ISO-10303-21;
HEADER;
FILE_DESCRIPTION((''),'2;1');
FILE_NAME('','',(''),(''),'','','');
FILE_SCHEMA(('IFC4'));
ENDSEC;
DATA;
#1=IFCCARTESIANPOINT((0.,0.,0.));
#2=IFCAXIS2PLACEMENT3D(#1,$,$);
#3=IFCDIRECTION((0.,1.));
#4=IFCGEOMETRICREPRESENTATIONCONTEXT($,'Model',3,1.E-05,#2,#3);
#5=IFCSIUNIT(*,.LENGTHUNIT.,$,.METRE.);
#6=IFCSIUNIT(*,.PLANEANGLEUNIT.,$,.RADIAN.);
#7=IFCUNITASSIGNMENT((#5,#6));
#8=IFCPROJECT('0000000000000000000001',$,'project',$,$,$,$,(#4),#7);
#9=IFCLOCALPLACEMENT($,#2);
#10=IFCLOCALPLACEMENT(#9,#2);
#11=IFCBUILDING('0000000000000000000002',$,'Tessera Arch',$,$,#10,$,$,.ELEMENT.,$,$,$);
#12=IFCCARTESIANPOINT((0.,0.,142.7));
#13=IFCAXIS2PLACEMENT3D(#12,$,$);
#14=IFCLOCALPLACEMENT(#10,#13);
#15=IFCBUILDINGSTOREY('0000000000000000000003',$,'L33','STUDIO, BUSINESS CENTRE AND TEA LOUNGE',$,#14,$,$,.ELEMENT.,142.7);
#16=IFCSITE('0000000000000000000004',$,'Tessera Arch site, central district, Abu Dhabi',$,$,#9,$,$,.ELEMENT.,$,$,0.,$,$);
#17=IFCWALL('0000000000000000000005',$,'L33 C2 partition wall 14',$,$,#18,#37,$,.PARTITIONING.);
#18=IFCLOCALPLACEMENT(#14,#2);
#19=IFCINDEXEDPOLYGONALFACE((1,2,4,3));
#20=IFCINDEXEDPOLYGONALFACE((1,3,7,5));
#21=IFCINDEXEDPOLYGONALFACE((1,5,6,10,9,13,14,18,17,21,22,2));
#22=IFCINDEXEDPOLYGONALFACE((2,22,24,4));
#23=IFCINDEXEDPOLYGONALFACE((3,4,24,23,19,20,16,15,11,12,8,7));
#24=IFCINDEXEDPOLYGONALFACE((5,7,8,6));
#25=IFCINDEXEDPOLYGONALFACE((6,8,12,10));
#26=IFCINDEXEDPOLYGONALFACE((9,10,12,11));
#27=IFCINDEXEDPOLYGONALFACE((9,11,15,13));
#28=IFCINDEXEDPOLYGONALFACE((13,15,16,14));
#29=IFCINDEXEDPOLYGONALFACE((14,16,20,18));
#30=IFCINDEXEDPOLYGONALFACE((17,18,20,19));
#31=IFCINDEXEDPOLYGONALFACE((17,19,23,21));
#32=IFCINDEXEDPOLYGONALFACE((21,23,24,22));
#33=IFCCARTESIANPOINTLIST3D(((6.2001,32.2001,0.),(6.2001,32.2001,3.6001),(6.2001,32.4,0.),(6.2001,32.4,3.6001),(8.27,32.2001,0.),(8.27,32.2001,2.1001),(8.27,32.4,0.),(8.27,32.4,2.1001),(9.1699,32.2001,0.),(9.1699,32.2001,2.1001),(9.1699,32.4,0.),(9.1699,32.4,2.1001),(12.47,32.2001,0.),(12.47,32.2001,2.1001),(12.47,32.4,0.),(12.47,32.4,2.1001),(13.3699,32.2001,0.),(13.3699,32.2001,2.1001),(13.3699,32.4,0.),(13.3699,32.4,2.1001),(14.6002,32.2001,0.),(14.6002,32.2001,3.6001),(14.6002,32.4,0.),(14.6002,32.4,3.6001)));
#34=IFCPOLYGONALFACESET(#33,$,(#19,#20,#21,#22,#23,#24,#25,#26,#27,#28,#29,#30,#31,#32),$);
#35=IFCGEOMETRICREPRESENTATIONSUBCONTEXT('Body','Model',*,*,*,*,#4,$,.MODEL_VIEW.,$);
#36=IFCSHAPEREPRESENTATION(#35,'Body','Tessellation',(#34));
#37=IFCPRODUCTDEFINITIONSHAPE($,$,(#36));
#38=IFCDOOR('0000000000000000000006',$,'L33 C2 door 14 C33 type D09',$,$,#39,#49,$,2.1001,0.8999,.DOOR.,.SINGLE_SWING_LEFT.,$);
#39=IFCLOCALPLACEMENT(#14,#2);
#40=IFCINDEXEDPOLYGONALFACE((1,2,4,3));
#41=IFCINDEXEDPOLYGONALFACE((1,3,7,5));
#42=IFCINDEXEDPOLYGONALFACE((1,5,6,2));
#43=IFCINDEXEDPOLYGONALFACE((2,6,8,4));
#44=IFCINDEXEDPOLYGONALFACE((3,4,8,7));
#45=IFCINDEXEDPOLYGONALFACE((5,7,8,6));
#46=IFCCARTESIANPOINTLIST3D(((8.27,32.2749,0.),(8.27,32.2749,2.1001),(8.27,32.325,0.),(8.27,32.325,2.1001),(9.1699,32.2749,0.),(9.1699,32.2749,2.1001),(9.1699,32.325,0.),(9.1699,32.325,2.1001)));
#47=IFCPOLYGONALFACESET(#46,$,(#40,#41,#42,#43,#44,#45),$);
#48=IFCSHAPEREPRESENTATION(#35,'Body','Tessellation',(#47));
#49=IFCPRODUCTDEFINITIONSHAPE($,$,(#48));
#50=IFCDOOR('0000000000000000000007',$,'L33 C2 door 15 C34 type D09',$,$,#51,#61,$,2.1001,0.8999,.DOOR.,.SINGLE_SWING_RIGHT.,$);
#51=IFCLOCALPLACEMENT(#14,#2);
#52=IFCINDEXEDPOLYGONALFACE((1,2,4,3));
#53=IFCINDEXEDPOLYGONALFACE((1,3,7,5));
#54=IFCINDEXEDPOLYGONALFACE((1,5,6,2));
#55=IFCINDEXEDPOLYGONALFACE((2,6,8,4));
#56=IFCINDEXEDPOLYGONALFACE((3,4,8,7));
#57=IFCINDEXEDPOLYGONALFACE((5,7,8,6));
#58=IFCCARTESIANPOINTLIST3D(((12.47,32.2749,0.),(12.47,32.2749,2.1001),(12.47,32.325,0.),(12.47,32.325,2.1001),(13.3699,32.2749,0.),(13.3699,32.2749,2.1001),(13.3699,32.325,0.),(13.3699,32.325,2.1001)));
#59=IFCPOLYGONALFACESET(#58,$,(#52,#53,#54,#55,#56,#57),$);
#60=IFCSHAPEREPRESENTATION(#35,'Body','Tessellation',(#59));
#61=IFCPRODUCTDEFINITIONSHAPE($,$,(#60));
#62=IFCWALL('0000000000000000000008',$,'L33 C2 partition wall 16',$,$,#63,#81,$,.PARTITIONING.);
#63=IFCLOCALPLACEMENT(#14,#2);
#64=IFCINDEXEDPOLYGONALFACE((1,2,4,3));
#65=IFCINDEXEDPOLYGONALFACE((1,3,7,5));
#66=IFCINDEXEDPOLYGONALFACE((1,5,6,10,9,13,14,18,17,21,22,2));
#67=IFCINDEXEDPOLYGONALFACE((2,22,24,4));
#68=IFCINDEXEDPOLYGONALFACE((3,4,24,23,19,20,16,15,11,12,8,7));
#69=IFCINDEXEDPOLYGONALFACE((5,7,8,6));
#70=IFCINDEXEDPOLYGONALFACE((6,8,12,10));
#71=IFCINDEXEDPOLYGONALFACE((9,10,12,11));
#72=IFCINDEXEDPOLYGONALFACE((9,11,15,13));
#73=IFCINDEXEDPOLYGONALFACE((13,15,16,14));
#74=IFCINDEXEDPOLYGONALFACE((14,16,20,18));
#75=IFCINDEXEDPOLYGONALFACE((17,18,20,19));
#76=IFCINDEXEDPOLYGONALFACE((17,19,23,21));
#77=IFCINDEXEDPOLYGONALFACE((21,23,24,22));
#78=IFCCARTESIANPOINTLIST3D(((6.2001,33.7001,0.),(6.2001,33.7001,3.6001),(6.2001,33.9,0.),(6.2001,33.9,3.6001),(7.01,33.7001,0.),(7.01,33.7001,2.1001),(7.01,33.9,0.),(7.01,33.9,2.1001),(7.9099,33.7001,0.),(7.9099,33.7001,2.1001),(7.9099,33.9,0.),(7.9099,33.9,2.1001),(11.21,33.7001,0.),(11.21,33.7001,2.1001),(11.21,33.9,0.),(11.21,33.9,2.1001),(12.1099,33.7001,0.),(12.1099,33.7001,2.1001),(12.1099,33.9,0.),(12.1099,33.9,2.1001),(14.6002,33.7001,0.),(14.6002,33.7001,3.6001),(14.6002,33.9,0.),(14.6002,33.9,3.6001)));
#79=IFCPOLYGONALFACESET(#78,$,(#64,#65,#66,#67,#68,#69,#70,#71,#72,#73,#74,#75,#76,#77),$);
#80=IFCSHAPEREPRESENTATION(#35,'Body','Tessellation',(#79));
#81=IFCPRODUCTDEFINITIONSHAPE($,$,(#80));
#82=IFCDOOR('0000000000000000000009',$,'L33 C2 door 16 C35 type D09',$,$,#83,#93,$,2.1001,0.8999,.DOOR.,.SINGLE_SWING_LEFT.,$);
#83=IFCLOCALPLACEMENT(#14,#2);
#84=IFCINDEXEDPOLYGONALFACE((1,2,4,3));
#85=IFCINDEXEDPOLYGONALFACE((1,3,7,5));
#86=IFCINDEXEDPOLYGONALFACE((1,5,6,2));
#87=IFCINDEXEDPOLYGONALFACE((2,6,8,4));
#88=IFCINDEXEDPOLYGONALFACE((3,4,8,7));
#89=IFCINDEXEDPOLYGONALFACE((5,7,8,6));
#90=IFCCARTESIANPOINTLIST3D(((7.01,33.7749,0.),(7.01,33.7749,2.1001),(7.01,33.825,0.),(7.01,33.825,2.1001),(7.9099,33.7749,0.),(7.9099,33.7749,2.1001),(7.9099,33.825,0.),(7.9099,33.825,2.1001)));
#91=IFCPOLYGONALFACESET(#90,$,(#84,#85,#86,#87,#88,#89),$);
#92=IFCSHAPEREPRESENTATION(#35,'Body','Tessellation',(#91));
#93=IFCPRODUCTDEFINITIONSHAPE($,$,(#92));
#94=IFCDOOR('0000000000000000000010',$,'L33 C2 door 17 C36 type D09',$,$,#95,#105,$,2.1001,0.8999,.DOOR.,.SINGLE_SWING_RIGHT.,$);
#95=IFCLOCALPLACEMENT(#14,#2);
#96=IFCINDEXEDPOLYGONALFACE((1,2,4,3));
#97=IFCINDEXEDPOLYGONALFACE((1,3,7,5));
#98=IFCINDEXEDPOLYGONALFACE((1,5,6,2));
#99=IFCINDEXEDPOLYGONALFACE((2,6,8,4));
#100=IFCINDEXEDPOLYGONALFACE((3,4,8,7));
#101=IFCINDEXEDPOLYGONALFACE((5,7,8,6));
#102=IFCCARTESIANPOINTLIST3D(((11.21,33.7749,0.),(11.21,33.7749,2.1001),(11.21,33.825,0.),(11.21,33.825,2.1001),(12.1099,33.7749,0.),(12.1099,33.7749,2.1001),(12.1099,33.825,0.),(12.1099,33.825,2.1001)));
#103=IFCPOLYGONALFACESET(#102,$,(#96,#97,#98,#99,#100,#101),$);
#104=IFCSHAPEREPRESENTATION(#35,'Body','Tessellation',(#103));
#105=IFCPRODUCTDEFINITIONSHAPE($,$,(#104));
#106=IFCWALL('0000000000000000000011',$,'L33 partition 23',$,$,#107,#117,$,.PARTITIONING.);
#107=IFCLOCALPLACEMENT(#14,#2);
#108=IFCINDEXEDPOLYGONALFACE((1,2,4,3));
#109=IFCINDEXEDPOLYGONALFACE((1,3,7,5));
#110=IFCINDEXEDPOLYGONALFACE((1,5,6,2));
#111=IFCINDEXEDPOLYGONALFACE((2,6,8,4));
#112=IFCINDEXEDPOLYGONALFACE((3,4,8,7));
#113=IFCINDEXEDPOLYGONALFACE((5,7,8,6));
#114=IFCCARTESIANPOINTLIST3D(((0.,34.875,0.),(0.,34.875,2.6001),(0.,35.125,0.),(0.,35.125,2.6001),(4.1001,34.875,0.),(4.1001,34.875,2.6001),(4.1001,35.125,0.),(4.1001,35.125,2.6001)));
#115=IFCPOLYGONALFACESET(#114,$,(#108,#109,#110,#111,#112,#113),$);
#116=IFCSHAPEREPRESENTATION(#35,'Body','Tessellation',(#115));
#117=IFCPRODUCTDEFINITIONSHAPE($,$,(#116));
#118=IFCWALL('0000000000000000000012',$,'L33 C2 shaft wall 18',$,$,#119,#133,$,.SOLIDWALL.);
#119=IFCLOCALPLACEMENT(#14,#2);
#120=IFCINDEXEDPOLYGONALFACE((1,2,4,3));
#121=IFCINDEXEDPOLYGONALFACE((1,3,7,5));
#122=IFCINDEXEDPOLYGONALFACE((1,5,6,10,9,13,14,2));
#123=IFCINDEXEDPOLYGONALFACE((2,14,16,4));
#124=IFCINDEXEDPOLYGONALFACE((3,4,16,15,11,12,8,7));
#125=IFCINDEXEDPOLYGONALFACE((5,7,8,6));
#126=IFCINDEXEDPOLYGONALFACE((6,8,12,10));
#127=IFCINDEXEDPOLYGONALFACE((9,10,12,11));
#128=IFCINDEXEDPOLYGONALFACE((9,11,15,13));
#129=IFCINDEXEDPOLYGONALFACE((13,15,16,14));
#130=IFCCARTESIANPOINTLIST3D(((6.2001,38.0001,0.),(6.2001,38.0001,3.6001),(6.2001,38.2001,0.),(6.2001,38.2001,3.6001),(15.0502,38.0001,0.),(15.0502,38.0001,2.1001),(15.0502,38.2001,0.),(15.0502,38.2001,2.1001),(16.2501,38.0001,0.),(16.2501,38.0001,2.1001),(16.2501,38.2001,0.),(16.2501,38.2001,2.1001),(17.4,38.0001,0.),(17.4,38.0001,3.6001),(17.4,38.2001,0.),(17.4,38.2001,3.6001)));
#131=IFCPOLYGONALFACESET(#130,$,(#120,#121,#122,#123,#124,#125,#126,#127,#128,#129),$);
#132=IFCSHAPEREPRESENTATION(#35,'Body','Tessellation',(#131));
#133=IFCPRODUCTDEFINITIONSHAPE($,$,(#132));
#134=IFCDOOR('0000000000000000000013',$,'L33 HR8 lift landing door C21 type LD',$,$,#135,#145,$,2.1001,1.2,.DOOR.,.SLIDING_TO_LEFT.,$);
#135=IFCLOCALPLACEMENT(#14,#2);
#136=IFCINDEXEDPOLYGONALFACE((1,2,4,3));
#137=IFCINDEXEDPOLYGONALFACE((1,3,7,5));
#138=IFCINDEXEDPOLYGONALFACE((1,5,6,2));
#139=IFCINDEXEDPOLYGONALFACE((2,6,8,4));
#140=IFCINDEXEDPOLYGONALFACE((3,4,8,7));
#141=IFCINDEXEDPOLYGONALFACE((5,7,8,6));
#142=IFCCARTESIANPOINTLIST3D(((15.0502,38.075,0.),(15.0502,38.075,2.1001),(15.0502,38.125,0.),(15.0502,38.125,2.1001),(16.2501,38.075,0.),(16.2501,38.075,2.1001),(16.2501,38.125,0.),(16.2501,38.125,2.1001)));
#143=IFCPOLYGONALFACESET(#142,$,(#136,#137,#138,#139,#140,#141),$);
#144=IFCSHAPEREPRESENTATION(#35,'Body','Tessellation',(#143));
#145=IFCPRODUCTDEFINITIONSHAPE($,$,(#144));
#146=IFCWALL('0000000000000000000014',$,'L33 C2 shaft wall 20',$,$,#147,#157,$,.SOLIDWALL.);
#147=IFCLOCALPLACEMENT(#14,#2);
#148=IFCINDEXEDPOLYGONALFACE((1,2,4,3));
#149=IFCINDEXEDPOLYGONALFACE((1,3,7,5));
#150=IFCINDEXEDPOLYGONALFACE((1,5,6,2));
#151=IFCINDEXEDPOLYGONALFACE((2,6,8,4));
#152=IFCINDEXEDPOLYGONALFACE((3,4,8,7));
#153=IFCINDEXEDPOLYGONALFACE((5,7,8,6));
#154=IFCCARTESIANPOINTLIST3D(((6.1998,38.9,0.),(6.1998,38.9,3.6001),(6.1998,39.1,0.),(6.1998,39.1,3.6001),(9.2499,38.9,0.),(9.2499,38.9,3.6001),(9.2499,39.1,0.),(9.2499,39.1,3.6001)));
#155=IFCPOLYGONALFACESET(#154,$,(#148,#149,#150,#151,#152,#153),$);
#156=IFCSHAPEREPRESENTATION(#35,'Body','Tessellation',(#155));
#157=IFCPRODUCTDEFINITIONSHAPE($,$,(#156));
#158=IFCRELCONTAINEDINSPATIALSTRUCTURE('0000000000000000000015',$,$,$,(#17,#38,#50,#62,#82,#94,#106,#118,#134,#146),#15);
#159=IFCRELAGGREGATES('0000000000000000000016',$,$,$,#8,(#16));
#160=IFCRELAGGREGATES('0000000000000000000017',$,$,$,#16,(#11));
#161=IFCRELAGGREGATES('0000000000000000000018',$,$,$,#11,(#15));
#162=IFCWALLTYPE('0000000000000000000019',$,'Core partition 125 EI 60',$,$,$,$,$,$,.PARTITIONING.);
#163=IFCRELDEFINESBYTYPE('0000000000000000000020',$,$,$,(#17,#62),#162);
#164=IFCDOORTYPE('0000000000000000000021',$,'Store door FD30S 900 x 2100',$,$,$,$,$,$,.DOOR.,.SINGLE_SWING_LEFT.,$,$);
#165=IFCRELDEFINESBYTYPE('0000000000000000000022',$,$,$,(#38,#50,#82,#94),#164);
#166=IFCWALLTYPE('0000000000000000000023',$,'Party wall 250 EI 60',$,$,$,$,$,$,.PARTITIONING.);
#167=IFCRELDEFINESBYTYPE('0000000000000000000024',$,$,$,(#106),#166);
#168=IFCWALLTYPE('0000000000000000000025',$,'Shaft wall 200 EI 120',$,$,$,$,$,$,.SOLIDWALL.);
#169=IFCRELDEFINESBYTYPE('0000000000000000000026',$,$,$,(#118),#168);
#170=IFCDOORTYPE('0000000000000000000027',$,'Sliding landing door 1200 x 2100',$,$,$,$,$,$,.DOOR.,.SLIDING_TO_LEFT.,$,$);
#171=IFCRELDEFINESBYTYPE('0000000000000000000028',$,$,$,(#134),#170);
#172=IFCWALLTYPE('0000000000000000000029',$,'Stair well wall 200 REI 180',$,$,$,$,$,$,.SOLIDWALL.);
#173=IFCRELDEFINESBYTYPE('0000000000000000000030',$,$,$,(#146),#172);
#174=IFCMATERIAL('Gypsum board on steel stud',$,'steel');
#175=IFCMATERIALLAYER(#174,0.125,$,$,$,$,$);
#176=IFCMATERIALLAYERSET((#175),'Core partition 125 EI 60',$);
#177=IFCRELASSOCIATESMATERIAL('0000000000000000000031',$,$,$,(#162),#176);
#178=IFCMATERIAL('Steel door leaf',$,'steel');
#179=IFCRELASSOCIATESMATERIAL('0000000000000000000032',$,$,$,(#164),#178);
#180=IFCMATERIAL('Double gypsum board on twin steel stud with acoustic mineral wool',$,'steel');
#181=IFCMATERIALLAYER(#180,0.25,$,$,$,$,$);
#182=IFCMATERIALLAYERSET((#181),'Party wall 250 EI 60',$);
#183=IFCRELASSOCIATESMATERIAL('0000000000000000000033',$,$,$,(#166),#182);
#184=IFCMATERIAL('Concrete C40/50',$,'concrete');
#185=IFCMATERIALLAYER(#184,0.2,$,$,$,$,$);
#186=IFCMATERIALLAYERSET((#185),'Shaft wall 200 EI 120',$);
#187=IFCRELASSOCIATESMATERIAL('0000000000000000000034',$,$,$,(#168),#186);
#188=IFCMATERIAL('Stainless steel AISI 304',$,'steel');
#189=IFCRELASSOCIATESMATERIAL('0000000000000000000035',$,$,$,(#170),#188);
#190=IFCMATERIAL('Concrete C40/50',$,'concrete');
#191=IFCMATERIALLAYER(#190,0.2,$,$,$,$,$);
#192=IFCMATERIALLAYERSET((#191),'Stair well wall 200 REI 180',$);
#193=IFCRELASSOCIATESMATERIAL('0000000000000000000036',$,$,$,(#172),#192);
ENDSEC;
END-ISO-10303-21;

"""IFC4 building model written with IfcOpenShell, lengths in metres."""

from ifc_helpers import new_model, si_unit, direction, frame, frame_2d, origin, place, context, subcontext, project, spatial, rectangle, extrude, material, layer, layer_set, type_object, element, fill, save


model = new_model("IFC4")

# Units and contexts
model_context = context("Model", 3, precision=1e-05, world=origin(), true_north=direction((0.0, 1.0)))
body_context = subcontext(model_context, "Body", "Model", "MODEL_VIEW")
ifc_project = project(units=[si_unit("LENGTHUNIT", "METRE"), si_unit("PLANEANGLEUNIT", "RADIAN")], contexts=[model_context])

# Site, building, storey
site_placement = place(None, origin())
site = spatial("IfcSite", under=ifc_project, at=site_placement, Name="Tessera Arch site, central district, Abu Dhabi", CompositionType="ELEMENT", RefElevation=0.0)
building_placement = place(site_placement, origin())
building = spatial("IfcBuilding", under=site, at=building_placement, Name="Tessera Arch", CompositionType="ELEMENT")
storey_placement = place(building_placement, frame((0.0, 0.0, 142.7)))
storey = spatial("IfcBuildingStorey", under=building, at=storey_placement, Name="L33", Description="STUDIO, BUSINESS CENTRE AND TEA LOUNGE", CompositionType="ELEMENT", Elevation=142.7)

# Shared definitions
ifc_material_1 = material(Name="Gypsum board on steel stud", Category="steel")
ifc_layer_1 = layer(ifc_material_1, 0.125)
ifc_layer_set_1 = layer_set([ifc_layer_1], Name="Core partition 125 EI 60")
wall_type_1 = type_object("IfcWallType", Name="Core partition 125 EI 60", PredefinedType="PARTITIONING", material=ifc_layer_set_1)

# Walls, openings, doors
wall_1_placement = place(storey_placement, frame((6.2, 32.3, 0.0), z_axis=(0.0, 0.0, 1.0), x_axis=(1.0, 0.0, 0.0)))
wall_1 = element("IfcWall", 1, at=wall_1_placement, inside=storey, type_object=wall_type_1, Name="L33 C2 partition wall 14", PredefinedType="PARTITIONING", context=body_context, shape_type="SweptSolid", body=[
    extrude(rectangle(XDim=8.4001, YDim=0.2, at=frame_2d((4.2002, 0.0))), origin(), (0.0, 0.0, 1.0), 3.6001),
])
opening_1_placement = place(wall_1_placement, frame((2.0701, 0.0, 0.0)))
opening_1 = element("IfcOpeningElement", 2, at=opening_1_placement, cuts=wall_1, PredefinedType="OPENING", context=body_context, shape_type="SweptSolid", body=[
    extrude(rectangle(XDim=0.8999, YDim=2.1001, at=frame_2d((0.45, 1.05))), frame((0.0, 0.1099, 0.0), z_axis=(0.0, -1.0, 0.0), x_axis=(1.0, 0.0, 0.0)), (0.0, 0.0, 1.0), 0.22),
])
opening_2_placement = place(wall_1_placement, frame((6.27, 0.0, 0.0)))
opening_2 = element("IfcOpeningElement", 3, at=opening_2_placement, cuts=wall_1, PredefinedType="OPENING", context=body_context, shape_type="SweptSolid", body=[
    extrude(rectangle(XDim=0.8999, YDim=2.1001, at=frame_2d((0.45, 1.05))), frame((0.0, 0.1099, 0.0), z_axis=(0.0, -1.0, 0.0), x_axis=(1.0, 0.0, 0.0)), (0.0, 0.0, 1.0), 0.22),
])
ifc_material_2 = material(Name="Steel door leaf", Category="steel")
door_type_1 = type_object("IfcDoorType", Name="Store door FD30S 900 x 2100", OperationType="SINGLE_SWING_LEFT", PredefinedType="DOOR", material=ifc_material_2)
door_1_placement = place(opening_1_placement, origin())
door_1 = element("IfcDoor", 4, at=door_1_placement, inside=storey, type_object=door_type_1, Name="L33 C2 door 14 C33 type D09", OperationType="SINGLE_SWING_LEFT", OverallHeight=2.1001, OverallWidth=0.8999, PredefinedType="DOOR", context=body_context, shape_type="SweptSolid", body=[
    extrude(rectangle(XDim=0.8999, YDim=2.1001, at=frame_2d((0.45, 1.05))), frame((0.0, 0.0249, 0.0), z_axis=(0.0, -1.0, 0.0), x_axis=(1.0, 0.0, 0.0)), (0.0, 0.0, 1.0), 0.05),
])
fill(opening_1, door_1)
door_2_placement = place(opening_2_placement, origin())
door_2 = element("IfcDoor", 5, at=door_2_placement, inside=storey, type_object=door_type_1, Name="L33 C2 door 15 C34 type D09", OperationType="SINGLE_SWING_RIGHT", OverallHeight=2.1001, OverallWidth=0.8999, PredefinedType="DOOR", context=body_context, shape_type="SweptSolid", body=[
    extrude(rectangle(XDim=0.8999, YDim=2.1001, at=frame_2d((0.45, 1.05))), frame((0.0, 0.0249, 0.0), z_axis=(0.0, -1.0, 0.0), x_axis=(1.0, 0.0, 0.0)), (0.0, 0.0, 1.0), 0.05),
])
fill(opening_2, door_2)
wall_2_placement = place(storey_placement, frame((6.2, 33.8, 0.0), z_axis=(0.0, 0.0, 1.0), x_axis=(1.0, 0.0, 0.0)))
wall_2 = element("IfcWall", 6, at=wall_2_placement, inside=storey, type_object=wall_type_1, Name="L33 C2 partition wall 16", PredefinedType="PARTITIONING", context=body_context, shape_type="SweptSolid", body=[
    extrude(rectangle(XDim=8.4001, YDim=0.2, at=frame_2d((4.2002, 0.0))), origin(), (0.0, 0.0, 1.0), 3.6001),
])
opening_3_placement = place(wall_2_placement, frame((0.8101, 0.0, 0.0)))
opening_3 = element("IfcOpeningElement", 7, at=opening_3_placement, cuts=wall_2, PredefinedType="OPENING", context=body_context, shape_type="SweptSolid", body=[
    extrude(rectangle(XDim=0.8999, YDim=2.1001, at=frame_2d((0.45, 1.05))), frame((0.0, 0.1099, 0.0), z_axis=(0.0, -1.0, 0.0), x_axis=(1.0, 0.0, 0.0)), (0.0, 0.0, 1.0), 0.22),
])
opening_4_placement = place(wall_2_placement, frame((5.01, 0.0, 0.0)))
opening_4 = element("IfcOpeningElement", 8, at=opening_4_placement, cuts=wall_2, PredefinedType="OPENING", context=body_context, shape_type="SweptSolid", body=[
    extrude(rectangle(XDim=0.8999, YDim=2.1001, at=frame_2d((0.45, 1.05))), frame((0.0, 0.1099, 0.0), z_axis=(0.0, -1.0, 0.0), x_axis=(1.0, 0.0, 0.0)), (0.0, 0.0, 1.0), 0.22),
])
door_3_placement = place(opening_3_placement, origin())
door_3 = element("IfcDoor", 9, at=door_3_placement, inside=storey, type_object=door_type_1, Name="L33 C2 door 16 C35 type D09", OperationType="SINGLE_SWING_LEFT", OverallHeight=2.1001, OverallWidth=0.8999, PredefinedType="DOOR", context=body_context, shape_type="SweptSolid", body=[
    extrude(rectangle(XDim=0.8999, YDim=2.1001, at=frame_2d((0.45, 1.05))), frame((0.0, 0.0249, 0.0), z_axis=(0.0, -1.0, 0.0), x_axis=(1.0, 0.0, 0.0)), (0.0, 0.0, 1.0), 0.05),
])
fill(opening_3, door_3)
door_4_placement = place(opening_4_placement, origin())
door_4 = element("IfcDoor", 10, at=door_4_placement, inside=storey, type_object=door_type_1, Name="L33 C2 door 17 C36 type D09", OperationType="SINGLE_SWING_RIGHT", OverallHeight=2.1001, OverallWidth=0.8999, PredefinedType="DOOR", context=body_context, shape_type="SweptSolid", body=[
    extrude(rectangle(XDim=0.8999, YDim=2.1001, at=frame_2d((0.45, 1.05))), frame((0.0, 0.0249, 0.0), z_axis=(0.0, -1.0, 0.0), x_axis=(1.0, 0.0, 0.0)), (0.0, 0.0, 1.0), 0.05),
])
fill(opening_4, door_4)

# Wall
ifc_material_3 = material(Name="Double gypsum board on twin steel stud with acoustic mineral wool", Category="steel")
ifc_layer_2 = layer(ifc_material_3, 0.25)
ifc_layer_set_2 = layer_set([ifc_layer_2], Name="Party wall 250 EI 60")
wall_type_2 = type_object("IfcWallType", Name="Party wall 250 EI 60", PredefinedType="PARTITIONING", material=ifc_layer_set_2)
wall_3_placement = place(storey_placement, frame((0.0, 35.0, 0.0), z_axis=(0.0, 0.0, 1.0), x_axis=(1.0, 0.0, 0.0)))
element("IfcWall", 11, at=wall_3_placement, inside=storey, type_object=wall_type_2, Name="L33 partition 23", PredefinedType="PARTITIONING", context=body_context, shape_type="SweptSolid", body=[
    extrude(rectangle(XDim=4.1001, YDim=0.25, at=frame_2d((2.05, 0.0))), origin(), (0.0, 0.0, 1.0), 2.6001),
])

# Wall, opening, door
ifc_material_4 = material(Name="Concrete C40/50", Category="concrete")
ifc_layer_3 = layer(ifc_material_4, 0.2)
ifc_layer_set_3 = layer_set([ifc_layer_3], Name="Shaft wall 200 EI 120")
wall_type_3 = type_object("IfcWallType", Name="Shaft wall 200 EI 120", PredefinedType="SOLIDWALL", material=ifc_layer_set_3)
wall_4_placement = place(storey_placement, frame((6.2, 38.1001, 0.0), z_axis=(0.0, 0.0, 1.0), x_axis=(1.0, 0.0, 0.0)))
wall_4 = element("IfcWall", 12, at=wall_4_placement, inside=storey, type_object=wall_type_3, Name="L33 C2 shaft wall 18", PredefinedType="SOLIDWALL", context=body_context, shape_type="SweptSolid", body=[
    extrude(rectangle(XDim=11.2, YDim=0.2, at=frame_2d((5.6001, 0.0))), origin(), (0.0, 0.0, 1.0), 3.6001),
])
opening_5_placement = place(wall_4_placement, frame((8.8501, 0.0, 0.0)))
opening_5 = element("IfcOpeningElement", 13, at=opening_5_placement, cuts=wall_4, PredefinedType="OPENING", context=body_context, shape_type="SweptSolid", body=[
    extrude(rectangle(XDim=1.2, YDim=2.1001, at=frame_2d((0.6001, 1.05))), frame((0.0, 0.1099, 0.0), z_axis=(0.0, -1.0, 0.0), x_axis=(1.0, 0.0, 0.0)), (0.0, 0.0, 1.0), 0.22),
])
ifc_material_5 = material(Name="Stainless steel AISI 304", Category="steel")
door_type_2 = type_object("IfcDoorType", Name="Sliding landing door 1200 x 2100", OperationType="SLIDING_TO_LEFT", PredefinedType="DOOR", material=ifc_material_5)
door_5_placement = place(opening_5_placement, origin())
door_5 = element("IfcDoor", 14, at=door_5_placement, inside=storey, type_object=door_type_2, Name="L33 HR8 lift landing door C21 type LD", OperationType="SLIDING_TO_LEFT", OverallHeight=2.1001, OverallWidth=1.2, PredefinedType="DOOR", context=body_context, shape_type="SweptSolid", body=[
    extrude(rectangle(XDim=1.2, YDim=2.1001, at=frame_2d((0.6001, 1.05))), frame((0.0, 0.0249, 0.0), z_axis=(0.0, -1.0, 0.0), x_axis=(1.0, 0.0, 0.0)), (0.0, 0.0, 1.0), 0.05),
])
fill(opening_5, door_5)

# Wall
ifc_material_6 = material(Name="Concrete C40/50", Category="concrete")
ifc_layer_4 = layer(ifc_material_6, 0.2)
ifc_layer_set_4 = layer_set([ifc_layer_4], Name="Stair well wall 200 REI 180")
wall_type_4 = type_object("IfcWallType", Name="Stair well wall 200 REI 180", PredefinedType="SOLIDWALL", material=ifc_layer_set_4)
wall_5_placement = place(storey_placement, frame((6.2, 39.0, 0.0), z_axis=(0.0, 0.0, 1.0), x_axis=(1.0, 0.0, 0.0)))
element("IfcWall", 15, at=wall_5_placement, inside=storey, type_object=wall_type_4, Name="L33 C2 shaft wall 20", PredefinedType="SOLIDWALL", context=body_context, shape_type="SweptSolid", body=[
    extrude(rectangle(XDim=3.05, YDim=0.2, at=frame_2d((1.5249, 0.0))), origin(), (0.0, 0.0, 1.0), 3.6001),
])

save(model, "model.ifc")
